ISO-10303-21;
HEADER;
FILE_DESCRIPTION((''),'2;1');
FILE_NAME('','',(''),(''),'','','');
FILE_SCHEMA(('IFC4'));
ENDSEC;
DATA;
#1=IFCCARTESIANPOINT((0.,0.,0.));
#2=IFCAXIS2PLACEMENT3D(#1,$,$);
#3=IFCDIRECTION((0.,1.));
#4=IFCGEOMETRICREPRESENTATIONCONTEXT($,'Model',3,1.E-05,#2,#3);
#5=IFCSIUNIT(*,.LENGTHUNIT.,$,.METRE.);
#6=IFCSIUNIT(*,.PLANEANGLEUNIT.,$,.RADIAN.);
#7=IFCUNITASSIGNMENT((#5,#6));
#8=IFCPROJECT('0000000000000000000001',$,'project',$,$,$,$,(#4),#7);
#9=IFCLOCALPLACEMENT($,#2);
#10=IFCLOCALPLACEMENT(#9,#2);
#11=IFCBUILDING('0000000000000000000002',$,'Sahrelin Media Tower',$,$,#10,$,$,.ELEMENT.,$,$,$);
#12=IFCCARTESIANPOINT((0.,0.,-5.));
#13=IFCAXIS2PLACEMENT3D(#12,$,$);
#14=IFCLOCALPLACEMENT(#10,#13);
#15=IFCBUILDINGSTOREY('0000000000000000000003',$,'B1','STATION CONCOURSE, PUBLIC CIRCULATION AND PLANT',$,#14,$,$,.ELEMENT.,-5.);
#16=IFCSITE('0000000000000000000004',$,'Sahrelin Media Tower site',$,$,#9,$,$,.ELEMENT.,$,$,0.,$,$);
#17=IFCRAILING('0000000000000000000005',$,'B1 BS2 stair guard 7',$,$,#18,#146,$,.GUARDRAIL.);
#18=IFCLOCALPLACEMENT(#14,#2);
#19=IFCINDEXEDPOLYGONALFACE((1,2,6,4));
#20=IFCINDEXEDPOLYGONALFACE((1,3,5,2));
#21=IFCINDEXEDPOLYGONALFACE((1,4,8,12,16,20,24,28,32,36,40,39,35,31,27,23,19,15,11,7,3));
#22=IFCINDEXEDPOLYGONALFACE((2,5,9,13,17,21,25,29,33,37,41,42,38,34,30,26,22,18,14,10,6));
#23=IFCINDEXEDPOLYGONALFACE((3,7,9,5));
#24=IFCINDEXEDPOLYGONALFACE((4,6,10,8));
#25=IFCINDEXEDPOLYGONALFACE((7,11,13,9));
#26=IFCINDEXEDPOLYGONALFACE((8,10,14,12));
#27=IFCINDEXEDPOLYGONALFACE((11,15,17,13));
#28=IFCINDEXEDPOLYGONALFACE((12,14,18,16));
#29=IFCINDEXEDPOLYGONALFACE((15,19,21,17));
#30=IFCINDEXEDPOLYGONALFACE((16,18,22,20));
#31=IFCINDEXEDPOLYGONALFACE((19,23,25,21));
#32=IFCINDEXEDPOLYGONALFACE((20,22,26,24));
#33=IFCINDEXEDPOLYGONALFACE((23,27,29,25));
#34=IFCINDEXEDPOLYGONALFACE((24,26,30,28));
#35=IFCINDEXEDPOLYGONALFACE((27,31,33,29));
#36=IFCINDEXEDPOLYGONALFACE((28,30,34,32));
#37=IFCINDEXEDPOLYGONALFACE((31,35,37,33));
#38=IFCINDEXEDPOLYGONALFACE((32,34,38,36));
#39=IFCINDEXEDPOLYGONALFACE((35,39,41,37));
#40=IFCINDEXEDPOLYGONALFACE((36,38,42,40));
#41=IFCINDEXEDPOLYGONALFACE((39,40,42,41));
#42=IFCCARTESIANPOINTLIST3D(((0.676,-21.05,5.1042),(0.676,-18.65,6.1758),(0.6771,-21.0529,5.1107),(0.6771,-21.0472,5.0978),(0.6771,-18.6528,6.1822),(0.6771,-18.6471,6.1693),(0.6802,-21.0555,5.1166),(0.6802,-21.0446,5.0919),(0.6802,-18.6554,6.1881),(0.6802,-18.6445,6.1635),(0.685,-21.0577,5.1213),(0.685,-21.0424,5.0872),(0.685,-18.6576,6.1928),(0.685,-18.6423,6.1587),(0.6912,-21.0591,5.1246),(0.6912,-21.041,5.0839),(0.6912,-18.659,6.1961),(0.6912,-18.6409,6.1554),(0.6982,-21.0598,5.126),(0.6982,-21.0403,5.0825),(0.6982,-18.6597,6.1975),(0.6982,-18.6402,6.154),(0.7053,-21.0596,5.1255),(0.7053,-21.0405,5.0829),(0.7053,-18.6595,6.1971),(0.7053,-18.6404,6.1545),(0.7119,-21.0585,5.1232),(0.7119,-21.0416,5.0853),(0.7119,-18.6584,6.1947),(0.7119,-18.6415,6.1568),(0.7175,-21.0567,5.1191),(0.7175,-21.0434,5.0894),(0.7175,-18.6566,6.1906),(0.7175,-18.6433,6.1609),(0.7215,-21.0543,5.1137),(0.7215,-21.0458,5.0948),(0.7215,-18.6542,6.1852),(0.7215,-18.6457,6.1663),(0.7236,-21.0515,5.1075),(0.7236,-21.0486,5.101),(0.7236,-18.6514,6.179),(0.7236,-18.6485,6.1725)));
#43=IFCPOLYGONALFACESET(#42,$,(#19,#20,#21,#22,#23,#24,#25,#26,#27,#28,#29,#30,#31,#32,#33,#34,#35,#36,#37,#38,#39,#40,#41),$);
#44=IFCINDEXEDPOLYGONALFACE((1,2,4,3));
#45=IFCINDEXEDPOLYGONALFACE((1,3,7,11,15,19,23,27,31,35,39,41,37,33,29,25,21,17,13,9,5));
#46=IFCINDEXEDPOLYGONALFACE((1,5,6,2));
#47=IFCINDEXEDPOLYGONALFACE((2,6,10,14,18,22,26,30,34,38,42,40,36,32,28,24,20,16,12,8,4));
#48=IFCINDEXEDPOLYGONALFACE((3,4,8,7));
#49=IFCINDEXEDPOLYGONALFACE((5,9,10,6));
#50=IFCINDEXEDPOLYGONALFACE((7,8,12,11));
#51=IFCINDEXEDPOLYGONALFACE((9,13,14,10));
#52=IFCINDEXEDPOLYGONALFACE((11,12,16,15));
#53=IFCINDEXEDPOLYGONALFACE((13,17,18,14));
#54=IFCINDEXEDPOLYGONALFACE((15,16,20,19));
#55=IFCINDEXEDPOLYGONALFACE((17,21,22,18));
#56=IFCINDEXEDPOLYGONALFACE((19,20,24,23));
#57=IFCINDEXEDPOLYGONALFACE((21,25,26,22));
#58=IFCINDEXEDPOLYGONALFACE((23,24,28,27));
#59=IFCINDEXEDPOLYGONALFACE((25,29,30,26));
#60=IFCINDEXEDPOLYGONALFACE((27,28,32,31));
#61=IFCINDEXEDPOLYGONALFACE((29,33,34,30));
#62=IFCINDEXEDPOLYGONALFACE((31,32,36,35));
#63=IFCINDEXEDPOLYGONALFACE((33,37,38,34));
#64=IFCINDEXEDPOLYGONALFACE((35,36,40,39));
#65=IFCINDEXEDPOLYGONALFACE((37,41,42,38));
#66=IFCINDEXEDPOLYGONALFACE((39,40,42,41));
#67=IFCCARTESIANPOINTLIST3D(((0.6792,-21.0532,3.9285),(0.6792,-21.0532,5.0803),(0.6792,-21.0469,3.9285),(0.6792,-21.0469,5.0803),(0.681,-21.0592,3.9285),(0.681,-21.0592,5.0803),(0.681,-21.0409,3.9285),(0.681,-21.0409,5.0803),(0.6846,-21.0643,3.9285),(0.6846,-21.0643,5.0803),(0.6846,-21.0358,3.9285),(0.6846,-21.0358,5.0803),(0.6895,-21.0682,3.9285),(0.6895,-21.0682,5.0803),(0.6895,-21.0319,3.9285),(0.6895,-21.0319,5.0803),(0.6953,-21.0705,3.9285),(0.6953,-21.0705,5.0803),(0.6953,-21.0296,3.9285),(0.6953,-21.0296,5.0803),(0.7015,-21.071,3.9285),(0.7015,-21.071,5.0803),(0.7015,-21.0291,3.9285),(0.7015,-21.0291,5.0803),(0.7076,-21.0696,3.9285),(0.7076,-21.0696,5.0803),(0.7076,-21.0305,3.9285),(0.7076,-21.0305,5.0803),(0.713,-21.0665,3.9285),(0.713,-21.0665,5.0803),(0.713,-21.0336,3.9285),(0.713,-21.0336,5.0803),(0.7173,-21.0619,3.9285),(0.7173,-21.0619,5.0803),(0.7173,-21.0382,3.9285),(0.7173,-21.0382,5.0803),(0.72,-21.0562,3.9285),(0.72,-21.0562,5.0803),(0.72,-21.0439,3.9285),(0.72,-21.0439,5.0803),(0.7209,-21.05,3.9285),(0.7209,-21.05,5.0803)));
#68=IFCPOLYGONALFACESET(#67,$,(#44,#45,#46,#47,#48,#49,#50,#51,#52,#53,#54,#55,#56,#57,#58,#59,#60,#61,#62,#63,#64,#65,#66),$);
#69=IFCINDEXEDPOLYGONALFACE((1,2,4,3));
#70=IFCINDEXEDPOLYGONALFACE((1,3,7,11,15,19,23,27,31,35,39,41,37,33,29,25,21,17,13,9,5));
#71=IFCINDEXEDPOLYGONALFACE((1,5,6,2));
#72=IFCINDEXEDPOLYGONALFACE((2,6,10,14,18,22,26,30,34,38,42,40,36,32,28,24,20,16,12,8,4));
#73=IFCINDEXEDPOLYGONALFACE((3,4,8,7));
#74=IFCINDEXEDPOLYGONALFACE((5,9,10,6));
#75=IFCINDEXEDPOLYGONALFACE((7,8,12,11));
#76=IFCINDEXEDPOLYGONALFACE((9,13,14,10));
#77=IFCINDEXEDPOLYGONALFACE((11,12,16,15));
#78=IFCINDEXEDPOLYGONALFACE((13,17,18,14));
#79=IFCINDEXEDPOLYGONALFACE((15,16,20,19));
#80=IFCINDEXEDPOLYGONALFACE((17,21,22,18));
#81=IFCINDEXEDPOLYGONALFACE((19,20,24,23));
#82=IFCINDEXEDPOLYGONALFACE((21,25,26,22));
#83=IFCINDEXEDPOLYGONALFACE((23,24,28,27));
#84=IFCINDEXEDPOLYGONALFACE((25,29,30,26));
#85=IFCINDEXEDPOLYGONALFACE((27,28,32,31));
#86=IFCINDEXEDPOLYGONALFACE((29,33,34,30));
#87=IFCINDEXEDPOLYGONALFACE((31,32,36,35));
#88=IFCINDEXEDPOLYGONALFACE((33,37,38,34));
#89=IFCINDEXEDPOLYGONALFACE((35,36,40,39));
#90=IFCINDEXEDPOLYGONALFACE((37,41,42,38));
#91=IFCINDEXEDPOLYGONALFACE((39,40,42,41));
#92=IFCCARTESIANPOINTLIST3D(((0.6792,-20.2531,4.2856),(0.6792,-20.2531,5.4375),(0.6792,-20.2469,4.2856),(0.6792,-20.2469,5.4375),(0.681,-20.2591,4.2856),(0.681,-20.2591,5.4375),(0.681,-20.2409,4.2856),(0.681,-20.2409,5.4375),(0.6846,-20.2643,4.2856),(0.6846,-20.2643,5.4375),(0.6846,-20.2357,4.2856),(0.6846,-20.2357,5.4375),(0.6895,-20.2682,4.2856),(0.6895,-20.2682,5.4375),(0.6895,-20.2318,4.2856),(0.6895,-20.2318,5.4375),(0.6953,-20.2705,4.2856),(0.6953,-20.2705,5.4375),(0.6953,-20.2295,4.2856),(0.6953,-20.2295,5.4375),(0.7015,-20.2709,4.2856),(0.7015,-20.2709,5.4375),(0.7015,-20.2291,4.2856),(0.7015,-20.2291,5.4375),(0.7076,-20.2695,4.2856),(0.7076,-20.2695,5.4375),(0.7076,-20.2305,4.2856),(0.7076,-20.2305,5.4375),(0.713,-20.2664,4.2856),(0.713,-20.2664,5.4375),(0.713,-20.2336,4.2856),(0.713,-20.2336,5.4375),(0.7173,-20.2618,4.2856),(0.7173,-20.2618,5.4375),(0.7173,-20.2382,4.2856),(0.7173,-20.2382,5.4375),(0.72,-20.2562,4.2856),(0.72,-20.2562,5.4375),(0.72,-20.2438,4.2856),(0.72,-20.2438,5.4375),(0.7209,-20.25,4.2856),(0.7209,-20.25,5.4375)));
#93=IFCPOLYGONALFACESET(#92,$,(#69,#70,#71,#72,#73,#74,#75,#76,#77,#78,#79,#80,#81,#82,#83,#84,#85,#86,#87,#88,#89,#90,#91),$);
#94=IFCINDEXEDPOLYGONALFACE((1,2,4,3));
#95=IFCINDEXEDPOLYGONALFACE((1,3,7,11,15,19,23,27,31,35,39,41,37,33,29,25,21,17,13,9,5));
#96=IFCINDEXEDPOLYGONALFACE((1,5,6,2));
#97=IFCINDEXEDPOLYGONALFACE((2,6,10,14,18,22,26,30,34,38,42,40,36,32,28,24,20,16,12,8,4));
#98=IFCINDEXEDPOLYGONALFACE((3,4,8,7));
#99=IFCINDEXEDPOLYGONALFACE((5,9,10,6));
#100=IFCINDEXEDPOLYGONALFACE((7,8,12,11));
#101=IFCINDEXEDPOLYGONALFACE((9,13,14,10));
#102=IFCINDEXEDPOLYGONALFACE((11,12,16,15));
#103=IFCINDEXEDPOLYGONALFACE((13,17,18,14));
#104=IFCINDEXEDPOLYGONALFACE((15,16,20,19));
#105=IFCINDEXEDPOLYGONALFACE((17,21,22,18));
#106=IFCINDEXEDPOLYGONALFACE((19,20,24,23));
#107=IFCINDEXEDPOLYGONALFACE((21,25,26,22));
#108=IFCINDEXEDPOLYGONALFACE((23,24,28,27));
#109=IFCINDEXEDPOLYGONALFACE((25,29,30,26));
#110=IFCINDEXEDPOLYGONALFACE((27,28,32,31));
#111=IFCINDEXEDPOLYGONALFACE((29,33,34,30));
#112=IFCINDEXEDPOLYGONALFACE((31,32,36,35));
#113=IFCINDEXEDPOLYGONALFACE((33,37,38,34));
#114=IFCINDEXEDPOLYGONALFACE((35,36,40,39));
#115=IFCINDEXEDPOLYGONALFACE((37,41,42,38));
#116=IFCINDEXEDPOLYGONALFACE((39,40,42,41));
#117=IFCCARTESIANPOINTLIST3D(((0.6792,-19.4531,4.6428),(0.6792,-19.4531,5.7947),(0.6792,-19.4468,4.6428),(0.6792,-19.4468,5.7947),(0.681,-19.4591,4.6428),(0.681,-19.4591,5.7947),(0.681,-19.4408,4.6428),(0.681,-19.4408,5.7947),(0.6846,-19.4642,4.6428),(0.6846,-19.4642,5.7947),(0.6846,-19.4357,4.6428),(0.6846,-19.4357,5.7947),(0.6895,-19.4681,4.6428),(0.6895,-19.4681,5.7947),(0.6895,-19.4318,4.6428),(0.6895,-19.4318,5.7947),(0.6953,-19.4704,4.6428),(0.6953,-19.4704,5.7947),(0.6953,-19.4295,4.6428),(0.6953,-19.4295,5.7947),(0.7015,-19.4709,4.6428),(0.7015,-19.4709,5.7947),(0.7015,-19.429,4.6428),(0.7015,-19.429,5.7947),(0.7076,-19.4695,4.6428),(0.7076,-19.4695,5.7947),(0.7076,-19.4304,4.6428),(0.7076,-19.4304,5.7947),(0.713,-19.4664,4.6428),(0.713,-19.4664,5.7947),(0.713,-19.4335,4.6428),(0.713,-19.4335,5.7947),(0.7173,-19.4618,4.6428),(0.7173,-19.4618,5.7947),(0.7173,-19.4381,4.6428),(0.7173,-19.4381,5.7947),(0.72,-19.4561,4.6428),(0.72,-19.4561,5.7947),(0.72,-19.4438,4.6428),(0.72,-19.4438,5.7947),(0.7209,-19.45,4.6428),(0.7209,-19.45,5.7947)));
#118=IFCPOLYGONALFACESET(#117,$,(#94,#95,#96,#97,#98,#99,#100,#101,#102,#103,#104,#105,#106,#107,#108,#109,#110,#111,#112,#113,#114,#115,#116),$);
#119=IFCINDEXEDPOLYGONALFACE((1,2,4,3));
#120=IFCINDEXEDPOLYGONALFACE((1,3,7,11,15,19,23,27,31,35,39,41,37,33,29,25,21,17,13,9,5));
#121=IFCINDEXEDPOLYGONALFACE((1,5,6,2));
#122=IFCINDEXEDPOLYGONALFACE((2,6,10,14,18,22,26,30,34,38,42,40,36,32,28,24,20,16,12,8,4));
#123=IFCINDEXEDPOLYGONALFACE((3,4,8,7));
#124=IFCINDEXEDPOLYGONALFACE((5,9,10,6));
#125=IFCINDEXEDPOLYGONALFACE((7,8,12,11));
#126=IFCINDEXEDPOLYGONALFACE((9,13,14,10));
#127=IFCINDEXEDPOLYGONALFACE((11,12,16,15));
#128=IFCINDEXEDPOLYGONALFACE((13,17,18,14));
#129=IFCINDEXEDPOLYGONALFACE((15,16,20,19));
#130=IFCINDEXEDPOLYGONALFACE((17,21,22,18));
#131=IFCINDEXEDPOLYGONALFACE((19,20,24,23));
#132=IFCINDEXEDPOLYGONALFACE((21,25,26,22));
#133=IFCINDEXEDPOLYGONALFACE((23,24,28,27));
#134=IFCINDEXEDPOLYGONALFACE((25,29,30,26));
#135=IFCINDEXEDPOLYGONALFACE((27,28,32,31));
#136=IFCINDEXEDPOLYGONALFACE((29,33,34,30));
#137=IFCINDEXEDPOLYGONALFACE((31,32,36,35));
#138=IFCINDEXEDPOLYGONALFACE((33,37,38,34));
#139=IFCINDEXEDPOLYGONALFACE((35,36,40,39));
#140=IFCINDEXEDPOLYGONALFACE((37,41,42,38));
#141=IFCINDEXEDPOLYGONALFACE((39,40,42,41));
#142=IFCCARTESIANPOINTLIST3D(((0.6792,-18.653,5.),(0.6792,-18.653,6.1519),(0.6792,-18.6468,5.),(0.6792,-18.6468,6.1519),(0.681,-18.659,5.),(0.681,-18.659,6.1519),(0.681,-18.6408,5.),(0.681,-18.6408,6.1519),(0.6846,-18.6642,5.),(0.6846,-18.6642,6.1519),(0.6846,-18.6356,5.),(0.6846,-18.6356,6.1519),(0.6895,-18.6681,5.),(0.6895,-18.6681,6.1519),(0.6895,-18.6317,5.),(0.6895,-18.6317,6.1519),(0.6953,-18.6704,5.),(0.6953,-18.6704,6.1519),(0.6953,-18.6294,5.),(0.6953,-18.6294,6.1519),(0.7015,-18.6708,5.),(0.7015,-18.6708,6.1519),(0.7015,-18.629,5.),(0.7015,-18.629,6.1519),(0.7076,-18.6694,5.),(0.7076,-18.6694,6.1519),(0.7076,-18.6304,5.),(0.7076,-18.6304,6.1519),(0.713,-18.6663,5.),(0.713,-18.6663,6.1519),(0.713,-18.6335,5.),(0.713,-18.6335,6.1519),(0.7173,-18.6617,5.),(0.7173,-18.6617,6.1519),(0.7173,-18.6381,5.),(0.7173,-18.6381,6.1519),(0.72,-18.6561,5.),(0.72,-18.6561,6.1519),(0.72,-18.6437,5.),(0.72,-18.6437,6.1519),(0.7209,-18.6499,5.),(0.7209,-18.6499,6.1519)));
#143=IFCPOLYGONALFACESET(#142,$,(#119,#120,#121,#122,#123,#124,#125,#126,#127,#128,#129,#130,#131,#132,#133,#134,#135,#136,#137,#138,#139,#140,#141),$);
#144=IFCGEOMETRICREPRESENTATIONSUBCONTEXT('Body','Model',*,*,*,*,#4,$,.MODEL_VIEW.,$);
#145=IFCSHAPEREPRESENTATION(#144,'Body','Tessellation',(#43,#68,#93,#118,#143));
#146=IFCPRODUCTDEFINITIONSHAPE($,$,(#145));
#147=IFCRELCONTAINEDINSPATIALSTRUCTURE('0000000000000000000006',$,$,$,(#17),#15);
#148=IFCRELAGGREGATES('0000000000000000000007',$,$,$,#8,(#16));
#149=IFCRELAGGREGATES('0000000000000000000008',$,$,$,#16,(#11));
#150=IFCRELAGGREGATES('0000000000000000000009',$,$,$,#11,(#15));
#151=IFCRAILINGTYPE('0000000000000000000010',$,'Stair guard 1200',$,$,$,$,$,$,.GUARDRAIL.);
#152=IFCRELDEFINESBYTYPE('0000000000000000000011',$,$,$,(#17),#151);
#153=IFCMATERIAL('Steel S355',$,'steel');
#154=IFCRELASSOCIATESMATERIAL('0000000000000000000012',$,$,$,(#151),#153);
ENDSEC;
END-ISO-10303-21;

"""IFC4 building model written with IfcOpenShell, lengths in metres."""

from ifc_helpers import new_model, si_unit, direction, frame, origin, origin_2d, place, context, subcontext, project, spatial, circle, extrude, material, type_object, element, save


model = new_model("IFC4")

# Units and contexts
model_context = context("Model", 3, precision=1e-05, world=origin(), true_north=direction((0.0, 1.0)))
body_context = subcontext(model_context, "Body", "Model", "MODEL_VIEW")
ifc_project = project(units=[si_unit("LENGTHUNIT", "METRE"), si_unit("PLANEANGLEUNIT", "RADIAN")], contexts=[model_context])

# Site, building, storey
site_placement = place(None, origin())
site = spatial("IfcSite", under=ifc_project, at=site_placement, Name="Sahrelin Media Tower site", CompositionType="ELEMENT", RefElevation=0.0)
building_placement = place(site_placement, origin())
building = spatial("IfcBuilding", under=site, at=building_placement, Name="Sahrelin Media Tower", CompositionType="ELEMENT")
storey_placement = place(building_placement, frame((0.0, 0.0, -5.0)))
storey = spatial("IfcBuildingStorey", under=building, at=storey_placement, Name="B1", Description="STATION CONCOURSE, PUBLIC CIRCULATION AND PLANT", CompositionType="ELEMENT", Elevation=-5.0)

# Railing
ifc_material_1 = material(Name="Steel S355", Category="steel")
railing_type_1 = type_object("IfcRailingType", Name="Stair guard 1200", PredefinedType="GUARDRAIL", material=ifc_material_1)
for number, where, name in (
    (1, (0.7, -21.05, 3.9285), "B1 BS2 stair guard 7"),
):
    element("IfcRailing", number, at=place(storey_placement, frame(where)), inside=storey, type_object=railing_type_1, Name=name, PredefinedType="GUARDRAIL", context=body_context, shape_type="SweptSolid", body=[
        extrude(circle(Radius=0.0239, at=origin_2d()), frame((0.0, 0.0, 1.1758), z_axis=(0.0, 0.913132, 0.407663), x_axis=(-1.0, 0.0, 0.0)), (0.0, 0.0, 1.0), 2.6284),
        extrude(circle(Radius=0.021, at=origin_2d()), origin(), (0.0, 0.0, 1.0), 1.1519),
        extrude(circle(Radius=0.021, at=origin_2d()), frame((0.0, 0.8, 0.3572)), (0.0, 0.0, 1.0), 1.1519),
        extrude(circle(Radius=0.021, at=origin_2d()), frame((0.0, 1.6001, 0.7144)), (0.0, 0.0, 1.0), 1.1519),
        extrude(circle(Radius=0.021, at=origin_2d()), frame((0.0, 2.4001, 1.0715)), (0.0, 0.0, 1.0), 1.1519),
    ])

save(model, "model.ifc")
